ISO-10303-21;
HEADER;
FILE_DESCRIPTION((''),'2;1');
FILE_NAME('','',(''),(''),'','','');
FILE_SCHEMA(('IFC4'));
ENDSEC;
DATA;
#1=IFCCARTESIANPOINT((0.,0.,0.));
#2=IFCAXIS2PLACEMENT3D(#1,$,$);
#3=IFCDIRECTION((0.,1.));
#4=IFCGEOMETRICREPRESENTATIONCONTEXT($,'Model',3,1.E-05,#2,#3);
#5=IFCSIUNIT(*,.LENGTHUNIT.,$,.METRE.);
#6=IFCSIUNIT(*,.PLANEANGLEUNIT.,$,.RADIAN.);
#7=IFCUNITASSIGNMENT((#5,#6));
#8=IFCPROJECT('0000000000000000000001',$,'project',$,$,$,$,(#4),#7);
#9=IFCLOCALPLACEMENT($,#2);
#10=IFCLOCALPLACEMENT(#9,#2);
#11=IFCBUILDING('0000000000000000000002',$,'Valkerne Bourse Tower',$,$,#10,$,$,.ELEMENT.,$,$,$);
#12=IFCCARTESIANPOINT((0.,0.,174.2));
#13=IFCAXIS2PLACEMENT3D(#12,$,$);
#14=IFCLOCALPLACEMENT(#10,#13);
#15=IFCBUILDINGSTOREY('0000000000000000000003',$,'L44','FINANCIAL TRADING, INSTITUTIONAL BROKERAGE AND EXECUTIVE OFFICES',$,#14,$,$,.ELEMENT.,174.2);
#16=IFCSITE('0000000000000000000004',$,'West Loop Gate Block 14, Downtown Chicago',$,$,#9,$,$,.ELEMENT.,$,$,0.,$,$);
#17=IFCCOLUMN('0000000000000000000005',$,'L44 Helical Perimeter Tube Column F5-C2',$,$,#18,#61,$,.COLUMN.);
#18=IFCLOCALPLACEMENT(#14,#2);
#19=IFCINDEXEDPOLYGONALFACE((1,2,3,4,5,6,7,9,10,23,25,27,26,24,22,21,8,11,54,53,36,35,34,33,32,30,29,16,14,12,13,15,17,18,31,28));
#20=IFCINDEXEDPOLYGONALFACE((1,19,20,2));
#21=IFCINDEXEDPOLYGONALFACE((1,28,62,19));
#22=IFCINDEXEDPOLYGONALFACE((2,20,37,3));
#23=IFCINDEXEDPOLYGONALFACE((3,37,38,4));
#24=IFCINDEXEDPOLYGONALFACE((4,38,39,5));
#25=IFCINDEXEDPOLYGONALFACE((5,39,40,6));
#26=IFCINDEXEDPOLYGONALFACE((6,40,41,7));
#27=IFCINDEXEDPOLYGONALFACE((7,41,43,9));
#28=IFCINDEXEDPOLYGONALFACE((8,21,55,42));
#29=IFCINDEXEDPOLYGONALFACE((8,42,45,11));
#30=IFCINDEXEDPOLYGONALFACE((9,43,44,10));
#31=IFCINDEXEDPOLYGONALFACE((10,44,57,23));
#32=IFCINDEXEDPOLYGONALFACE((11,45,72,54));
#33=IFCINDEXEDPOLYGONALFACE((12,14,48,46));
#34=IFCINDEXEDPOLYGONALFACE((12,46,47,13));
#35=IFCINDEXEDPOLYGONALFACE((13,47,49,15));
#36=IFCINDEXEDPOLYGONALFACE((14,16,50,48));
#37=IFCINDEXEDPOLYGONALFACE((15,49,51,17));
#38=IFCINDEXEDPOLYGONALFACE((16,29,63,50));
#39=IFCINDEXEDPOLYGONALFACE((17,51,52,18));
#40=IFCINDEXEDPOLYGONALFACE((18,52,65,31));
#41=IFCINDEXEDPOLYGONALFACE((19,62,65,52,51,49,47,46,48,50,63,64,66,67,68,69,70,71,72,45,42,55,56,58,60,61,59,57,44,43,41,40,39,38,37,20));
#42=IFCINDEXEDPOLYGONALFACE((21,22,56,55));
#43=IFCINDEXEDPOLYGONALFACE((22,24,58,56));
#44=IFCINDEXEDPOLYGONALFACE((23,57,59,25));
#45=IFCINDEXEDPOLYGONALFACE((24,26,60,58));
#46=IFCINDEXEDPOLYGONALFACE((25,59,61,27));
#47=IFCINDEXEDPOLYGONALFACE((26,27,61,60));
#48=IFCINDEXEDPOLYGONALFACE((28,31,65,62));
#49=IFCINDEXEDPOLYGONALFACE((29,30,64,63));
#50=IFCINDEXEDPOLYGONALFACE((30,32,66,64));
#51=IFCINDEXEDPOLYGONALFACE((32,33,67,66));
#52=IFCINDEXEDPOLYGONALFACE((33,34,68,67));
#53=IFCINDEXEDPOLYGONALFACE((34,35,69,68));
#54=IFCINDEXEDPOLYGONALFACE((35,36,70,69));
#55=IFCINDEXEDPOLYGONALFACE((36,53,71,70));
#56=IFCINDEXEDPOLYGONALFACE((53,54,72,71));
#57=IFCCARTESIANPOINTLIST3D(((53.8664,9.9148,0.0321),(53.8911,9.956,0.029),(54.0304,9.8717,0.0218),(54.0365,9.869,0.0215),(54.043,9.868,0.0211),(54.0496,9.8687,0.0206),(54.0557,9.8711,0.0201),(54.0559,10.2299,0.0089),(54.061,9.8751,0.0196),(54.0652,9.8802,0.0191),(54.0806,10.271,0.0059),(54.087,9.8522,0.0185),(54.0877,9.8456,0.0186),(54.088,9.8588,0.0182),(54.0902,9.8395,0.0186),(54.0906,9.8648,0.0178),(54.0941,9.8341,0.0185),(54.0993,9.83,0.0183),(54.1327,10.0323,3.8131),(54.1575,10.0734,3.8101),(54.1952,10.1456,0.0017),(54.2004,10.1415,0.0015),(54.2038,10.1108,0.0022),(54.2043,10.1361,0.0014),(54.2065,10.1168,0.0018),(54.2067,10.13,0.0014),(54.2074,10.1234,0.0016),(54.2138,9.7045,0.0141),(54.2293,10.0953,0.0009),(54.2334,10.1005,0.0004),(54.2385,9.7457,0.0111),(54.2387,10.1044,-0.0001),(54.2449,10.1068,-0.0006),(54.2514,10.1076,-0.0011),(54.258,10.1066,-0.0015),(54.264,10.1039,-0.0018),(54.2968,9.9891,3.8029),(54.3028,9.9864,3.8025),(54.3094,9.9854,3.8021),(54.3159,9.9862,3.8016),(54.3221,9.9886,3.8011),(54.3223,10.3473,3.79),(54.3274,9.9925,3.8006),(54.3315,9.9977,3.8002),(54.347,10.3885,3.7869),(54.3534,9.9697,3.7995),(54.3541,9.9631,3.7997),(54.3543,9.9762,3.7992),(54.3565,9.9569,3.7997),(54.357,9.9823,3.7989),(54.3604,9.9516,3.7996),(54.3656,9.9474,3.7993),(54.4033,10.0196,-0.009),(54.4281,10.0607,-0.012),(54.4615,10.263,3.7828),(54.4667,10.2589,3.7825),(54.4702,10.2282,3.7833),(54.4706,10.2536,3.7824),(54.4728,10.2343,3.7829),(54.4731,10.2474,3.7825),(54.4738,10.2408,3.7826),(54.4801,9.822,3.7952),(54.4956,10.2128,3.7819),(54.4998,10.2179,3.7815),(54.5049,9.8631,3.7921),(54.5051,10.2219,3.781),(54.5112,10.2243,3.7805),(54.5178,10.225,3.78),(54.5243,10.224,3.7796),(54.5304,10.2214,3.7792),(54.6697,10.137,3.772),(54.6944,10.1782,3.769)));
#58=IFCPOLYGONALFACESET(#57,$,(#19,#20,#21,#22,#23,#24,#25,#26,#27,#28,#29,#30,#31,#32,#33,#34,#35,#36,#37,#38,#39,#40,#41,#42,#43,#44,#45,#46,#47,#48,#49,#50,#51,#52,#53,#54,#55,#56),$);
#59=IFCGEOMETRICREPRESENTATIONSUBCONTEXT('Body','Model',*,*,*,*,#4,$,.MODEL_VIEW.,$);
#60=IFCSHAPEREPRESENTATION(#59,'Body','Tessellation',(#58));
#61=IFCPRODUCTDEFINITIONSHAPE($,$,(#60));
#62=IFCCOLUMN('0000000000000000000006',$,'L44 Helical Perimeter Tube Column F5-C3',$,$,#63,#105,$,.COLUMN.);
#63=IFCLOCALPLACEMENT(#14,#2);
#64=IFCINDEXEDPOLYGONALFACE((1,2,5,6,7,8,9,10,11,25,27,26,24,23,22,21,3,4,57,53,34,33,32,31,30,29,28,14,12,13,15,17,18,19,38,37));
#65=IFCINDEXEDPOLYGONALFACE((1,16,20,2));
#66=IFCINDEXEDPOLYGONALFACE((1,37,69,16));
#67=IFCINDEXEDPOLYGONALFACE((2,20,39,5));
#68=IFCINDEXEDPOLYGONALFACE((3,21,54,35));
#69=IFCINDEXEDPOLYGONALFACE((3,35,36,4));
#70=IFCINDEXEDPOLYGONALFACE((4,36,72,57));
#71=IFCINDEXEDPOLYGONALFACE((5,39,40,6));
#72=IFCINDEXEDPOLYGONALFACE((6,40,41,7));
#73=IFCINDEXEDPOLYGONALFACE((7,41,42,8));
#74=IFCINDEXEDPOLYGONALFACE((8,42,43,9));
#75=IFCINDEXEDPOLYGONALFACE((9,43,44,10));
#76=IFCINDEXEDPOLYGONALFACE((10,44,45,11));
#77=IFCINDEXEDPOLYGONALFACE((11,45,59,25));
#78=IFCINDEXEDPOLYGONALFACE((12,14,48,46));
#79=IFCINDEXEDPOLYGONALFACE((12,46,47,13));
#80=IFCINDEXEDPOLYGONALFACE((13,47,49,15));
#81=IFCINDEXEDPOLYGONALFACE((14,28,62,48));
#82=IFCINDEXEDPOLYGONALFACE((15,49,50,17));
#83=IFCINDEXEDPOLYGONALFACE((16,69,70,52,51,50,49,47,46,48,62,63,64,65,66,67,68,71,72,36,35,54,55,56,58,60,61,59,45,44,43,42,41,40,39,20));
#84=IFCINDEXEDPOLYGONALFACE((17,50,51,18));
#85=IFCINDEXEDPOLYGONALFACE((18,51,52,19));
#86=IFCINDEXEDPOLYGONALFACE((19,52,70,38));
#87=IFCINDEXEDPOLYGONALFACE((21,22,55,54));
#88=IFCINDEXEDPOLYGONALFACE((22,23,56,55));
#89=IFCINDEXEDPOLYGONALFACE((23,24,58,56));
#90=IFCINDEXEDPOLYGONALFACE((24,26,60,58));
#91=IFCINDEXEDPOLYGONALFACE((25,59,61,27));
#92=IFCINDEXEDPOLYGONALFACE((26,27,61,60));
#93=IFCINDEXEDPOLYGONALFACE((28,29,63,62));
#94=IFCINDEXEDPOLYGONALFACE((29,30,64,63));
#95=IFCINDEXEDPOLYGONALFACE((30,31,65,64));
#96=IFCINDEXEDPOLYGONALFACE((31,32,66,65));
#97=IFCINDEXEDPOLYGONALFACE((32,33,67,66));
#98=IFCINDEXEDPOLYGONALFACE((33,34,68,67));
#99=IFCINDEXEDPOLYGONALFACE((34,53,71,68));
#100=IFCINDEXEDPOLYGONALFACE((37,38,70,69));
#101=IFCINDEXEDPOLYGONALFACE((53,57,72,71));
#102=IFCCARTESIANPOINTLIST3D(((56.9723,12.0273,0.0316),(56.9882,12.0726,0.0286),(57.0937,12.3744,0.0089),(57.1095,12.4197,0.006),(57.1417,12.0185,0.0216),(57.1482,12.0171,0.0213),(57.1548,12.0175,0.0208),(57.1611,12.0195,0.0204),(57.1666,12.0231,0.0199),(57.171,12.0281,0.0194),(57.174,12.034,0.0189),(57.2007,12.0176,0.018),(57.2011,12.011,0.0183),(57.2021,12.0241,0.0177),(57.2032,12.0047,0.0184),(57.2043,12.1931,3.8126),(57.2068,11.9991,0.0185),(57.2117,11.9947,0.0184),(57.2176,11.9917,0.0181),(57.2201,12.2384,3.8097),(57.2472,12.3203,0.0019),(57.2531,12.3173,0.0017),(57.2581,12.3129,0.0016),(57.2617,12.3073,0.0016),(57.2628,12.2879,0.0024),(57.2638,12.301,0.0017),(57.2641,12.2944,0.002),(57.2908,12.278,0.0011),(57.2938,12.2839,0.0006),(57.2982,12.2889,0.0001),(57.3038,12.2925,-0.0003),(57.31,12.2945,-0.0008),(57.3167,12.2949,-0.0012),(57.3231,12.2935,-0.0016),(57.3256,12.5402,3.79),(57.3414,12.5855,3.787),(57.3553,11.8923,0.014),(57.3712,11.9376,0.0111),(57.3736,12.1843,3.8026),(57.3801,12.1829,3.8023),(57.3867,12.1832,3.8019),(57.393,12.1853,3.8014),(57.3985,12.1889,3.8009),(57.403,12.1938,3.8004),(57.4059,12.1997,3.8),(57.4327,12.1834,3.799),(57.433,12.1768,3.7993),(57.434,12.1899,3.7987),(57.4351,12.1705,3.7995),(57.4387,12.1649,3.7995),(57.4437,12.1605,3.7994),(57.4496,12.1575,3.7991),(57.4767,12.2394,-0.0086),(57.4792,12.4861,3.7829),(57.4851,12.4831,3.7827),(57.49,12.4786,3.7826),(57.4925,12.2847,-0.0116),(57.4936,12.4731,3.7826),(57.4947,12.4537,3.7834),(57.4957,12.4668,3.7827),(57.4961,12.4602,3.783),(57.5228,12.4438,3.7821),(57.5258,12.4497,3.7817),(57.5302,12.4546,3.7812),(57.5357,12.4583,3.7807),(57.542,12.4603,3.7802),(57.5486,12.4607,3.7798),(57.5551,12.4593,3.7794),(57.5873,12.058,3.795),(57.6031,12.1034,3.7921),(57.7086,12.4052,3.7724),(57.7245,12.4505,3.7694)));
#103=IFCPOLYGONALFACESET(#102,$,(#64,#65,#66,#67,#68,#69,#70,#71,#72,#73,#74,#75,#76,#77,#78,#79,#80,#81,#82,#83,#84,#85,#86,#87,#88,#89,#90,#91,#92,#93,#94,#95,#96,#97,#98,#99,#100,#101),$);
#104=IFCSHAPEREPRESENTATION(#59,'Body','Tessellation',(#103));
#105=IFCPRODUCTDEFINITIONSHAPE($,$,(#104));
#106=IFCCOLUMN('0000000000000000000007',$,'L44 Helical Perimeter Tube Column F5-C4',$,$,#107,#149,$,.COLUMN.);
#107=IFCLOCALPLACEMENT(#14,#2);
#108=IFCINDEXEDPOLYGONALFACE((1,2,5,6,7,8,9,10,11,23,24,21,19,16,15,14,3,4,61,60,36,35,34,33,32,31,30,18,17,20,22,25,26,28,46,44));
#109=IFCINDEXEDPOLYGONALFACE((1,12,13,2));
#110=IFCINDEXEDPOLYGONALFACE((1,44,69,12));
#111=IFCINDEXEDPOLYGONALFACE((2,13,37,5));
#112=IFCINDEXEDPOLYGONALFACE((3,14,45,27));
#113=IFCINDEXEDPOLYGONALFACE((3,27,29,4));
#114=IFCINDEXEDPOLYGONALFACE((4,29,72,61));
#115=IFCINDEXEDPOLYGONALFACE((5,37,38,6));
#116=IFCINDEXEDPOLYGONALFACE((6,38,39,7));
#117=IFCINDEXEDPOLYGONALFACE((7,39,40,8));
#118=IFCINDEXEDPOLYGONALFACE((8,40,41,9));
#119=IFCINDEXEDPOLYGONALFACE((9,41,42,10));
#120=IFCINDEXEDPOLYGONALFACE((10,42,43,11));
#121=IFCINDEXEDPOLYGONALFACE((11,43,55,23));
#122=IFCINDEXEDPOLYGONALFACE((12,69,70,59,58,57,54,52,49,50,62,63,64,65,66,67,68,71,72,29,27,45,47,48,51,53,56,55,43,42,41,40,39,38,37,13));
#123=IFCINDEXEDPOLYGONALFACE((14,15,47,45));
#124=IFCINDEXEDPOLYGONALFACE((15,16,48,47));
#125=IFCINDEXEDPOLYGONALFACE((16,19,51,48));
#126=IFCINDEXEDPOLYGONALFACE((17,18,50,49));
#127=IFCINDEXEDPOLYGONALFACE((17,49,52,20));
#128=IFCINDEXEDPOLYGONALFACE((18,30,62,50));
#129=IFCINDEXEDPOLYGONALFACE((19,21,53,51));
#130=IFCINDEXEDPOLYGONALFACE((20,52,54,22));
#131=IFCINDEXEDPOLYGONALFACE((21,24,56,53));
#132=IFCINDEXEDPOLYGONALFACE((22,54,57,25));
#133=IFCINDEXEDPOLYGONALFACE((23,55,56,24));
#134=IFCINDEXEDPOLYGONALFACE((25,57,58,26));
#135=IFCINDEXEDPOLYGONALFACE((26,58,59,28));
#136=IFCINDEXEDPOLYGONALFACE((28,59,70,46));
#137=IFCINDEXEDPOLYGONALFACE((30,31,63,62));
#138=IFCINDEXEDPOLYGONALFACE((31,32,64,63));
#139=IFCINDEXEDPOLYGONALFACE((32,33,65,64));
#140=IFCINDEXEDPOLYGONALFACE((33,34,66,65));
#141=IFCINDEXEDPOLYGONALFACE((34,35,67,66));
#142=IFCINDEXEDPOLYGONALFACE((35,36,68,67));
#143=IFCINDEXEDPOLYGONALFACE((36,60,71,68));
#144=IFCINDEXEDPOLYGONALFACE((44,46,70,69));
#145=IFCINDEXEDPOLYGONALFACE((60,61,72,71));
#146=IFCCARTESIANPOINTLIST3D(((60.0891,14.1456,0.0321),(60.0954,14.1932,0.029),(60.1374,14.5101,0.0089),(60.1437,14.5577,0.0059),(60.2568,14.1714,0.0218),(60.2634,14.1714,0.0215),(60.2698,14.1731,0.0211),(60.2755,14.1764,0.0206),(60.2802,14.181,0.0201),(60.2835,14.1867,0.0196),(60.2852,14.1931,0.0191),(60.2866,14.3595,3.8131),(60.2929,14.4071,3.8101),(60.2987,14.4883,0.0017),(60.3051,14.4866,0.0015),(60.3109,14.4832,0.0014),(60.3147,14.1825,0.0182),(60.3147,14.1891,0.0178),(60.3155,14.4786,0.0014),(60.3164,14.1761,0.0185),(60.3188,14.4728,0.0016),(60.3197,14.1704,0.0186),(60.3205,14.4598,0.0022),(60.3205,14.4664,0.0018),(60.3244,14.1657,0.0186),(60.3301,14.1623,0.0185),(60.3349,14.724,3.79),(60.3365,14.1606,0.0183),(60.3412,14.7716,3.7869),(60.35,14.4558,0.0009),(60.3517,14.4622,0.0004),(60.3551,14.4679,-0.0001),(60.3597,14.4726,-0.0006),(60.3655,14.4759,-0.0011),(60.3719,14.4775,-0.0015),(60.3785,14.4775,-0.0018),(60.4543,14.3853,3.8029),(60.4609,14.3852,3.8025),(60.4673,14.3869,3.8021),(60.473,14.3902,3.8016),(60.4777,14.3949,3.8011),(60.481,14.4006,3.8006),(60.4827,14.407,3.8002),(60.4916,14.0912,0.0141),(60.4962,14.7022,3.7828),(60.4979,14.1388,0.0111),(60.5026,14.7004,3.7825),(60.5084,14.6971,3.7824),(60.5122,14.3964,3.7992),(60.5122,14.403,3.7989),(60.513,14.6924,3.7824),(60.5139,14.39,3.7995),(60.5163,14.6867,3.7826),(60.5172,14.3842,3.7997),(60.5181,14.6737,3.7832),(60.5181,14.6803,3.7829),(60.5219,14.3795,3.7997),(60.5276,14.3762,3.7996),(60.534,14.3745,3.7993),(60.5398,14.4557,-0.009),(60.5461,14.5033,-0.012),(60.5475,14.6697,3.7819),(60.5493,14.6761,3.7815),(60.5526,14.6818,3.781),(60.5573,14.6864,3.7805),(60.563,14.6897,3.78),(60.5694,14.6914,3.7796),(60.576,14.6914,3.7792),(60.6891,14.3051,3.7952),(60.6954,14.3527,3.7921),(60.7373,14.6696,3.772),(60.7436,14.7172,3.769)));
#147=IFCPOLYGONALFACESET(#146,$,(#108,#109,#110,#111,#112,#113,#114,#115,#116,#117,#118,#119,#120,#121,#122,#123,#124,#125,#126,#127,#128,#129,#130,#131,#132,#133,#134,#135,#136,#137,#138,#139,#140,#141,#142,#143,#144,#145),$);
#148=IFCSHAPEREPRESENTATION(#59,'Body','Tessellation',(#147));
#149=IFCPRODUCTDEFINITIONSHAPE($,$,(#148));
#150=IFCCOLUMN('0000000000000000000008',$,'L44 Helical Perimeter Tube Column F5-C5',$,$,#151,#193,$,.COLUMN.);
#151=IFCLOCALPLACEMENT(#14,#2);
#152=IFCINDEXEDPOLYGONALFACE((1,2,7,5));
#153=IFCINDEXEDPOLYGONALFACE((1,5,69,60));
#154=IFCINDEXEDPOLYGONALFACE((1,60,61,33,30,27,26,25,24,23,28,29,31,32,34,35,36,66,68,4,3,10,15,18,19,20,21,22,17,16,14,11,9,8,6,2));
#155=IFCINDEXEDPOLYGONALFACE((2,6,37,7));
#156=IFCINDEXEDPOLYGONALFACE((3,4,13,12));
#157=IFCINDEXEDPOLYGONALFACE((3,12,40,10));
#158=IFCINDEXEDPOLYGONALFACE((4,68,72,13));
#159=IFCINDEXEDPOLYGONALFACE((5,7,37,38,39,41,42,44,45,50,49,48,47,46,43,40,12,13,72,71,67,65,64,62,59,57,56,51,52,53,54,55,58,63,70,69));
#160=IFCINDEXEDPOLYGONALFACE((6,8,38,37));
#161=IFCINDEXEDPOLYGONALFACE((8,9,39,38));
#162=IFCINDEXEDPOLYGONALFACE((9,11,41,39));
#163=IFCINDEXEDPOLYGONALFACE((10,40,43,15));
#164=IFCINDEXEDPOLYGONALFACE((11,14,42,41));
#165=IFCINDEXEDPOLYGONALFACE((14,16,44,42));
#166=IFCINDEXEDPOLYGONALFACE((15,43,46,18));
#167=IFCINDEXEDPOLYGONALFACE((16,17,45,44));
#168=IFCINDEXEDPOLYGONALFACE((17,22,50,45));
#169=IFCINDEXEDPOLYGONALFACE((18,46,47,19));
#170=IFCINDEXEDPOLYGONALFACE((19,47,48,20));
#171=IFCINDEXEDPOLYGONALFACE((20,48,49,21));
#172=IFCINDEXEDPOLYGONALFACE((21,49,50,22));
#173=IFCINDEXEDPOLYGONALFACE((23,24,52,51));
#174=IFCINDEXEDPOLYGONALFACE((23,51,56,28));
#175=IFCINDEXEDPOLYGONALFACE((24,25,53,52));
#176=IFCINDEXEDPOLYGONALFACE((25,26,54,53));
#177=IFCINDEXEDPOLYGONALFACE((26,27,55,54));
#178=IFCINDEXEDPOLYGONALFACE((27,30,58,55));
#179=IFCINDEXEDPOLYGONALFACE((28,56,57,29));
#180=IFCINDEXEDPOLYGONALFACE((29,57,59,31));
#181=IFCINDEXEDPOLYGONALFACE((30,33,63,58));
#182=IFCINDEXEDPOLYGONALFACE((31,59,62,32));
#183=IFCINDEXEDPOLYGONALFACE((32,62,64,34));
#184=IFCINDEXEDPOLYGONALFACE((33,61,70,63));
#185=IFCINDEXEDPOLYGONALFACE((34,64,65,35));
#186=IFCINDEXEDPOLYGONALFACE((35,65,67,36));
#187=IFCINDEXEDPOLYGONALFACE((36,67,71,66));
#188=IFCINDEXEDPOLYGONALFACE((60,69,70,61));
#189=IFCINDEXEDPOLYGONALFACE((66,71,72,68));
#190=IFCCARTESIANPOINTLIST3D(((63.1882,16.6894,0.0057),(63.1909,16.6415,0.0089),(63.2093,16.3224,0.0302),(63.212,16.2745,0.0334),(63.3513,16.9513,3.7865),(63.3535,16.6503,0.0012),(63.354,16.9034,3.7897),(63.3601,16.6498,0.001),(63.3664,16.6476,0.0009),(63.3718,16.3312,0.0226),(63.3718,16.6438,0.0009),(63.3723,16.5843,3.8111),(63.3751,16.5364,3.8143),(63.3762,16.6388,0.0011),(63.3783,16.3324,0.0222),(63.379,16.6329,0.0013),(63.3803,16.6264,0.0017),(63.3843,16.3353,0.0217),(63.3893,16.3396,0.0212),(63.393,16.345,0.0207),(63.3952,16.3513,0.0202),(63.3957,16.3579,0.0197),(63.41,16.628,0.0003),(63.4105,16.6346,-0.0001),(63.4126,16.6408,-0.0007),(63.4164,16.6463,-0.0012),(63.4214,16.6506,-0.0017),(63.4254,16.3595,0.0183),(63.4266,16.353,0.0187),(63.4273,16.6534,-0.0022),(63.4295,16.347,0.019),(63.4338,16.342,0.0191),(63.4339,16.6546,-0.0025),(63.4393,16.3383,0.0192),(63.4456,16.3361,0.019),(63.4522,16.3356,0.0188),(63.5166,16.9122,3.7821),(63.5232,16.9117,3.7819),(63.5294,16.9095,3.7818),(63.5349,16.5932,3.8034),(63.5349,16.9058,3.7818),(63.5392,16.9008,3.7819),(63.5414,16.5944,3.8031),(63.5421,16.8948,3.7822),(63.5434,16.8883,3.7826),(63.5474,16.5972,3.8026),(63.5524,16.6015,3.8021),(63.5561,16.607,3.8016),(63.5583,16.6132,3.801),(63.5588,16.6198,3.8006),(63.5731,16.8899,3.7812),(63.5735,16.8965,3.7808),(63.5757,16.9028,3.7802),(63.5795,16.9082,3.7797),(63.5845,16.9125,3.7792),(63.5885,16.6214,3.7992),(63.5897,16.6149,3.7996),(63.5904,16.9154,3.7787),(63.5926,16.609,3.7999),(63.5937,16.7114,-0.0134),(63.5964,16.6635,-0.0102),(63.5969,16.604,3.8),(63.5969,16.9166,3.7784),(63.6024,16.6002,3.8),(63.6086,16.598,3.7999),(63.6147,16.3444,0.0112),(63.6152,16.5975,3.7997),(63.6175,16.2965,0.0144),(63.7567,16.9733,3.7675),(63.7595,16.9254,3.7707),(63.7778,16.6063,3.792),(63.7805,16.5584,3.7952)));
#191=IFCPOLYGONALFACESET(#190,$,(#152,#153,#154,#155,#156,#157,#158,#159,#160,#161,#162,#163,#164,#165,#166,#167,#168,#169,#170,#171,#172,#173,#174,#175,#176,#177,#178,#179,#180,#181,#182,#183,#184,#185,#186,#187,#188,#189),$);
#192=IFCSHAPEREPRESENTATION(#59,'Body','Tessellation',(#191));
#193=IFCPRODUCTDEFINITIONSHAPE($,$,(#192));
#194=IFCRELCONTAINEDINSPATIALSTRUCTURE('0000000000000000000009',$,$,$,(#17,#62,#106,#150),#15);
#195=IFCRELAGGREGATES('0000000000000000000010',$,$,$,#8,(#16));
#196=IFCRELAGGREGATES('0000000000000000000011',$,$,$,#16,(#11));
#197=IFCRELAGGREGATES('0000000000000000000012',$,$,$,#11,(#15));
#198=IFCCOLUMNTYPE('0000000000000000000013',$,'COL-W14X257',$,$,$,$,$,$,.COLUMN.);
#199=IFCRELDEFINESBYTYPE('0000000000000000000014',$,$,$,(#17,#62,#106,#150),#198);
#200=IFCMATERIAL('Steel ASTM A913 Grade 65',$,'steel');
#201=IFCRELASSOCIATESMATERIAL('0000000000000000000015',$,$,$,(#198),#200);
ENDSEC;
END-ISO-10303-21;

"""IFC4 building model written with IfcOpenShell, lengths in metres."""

from ifc_helpers import new_model, si_unit, direction, frame, origin, origin_2d, place, context, subcontext, project, spatial, i_section, extrude, material, material_profile, profile_set, type_object, element, save


model = new_model("IFC4")

# Units and contexts
model_context = context("Model", 3, precision=1e-05, world=origin(), true_north=direction((0.0, 1.0)))
body_context = subcontext(model_context, "Body", "Model", "MODEL_VIEW")
ifc_project = project(units=[si_unit("LENGTHUNIT", "METRE"), si_unit("PLANEANGLEUNIT", "RADIAN")], contexts=[model_context])

# Site, building, storey
site_placement = place(None, origin())
site = spatial("IfcSite", under=ifc_project, at=site_placement, Name="West Loop Gate Block 14, Downtown Chicago", CompositionType="ELEMENT", RefElevation=0.0)
building_placement = place(site_placement, origin())
building = spatial("IfcBuilding", under=site, at=building_placement, Name="Valkerne Bourse Tower", CompositionType="ELEMENT")
storey_placement = place(building_placement, frame((0.0, 0.0, 174.2)))
storey = spatial("IfcBuildingStorey", under=building, at=storey_placement, Name="L44", Description="FINANCIAL TRADING, INSTITUTIONAL BROKERAGE AND EXECUTIVE OFFICES", CompositionType="ELEMENT", Elevation=174.2)

# Columns
ifc_material_1 = material(Name="Steel ASTM A913 Grade 65", Category="steel")
ifc_material_profile_1 = material_profile(ifc_material_1, i_section(OverallWidth=0.4065, OverallDepth=0.4165, WebThickness=0.0298, FlangeThickness=0.0481, FilletRadius=0.0254, at=origin_2d()), Name="W14X257")
ifc_profile_set_1 = profile_set([ifc_material_profile_1], Name="Steel ASTM A913 Grade 65")
column_type = type_object("IfcColumnType", Name="COL-W14X257", PredefinedType="COLUMN", material=ifc_profile_set_1)
column_1_placement = place(storey_placement, frame((54.1472, 9.9878, 0.01), z_axis=(0.070238, 0.030967, 0.997049), x_axis=(-0.85464, 0.517341, 0.044138)))
element("IfcColumn", 1, at=column_1_placement, inside=storey, type_object=column_type, Name="L44 Helical Perimeter Tube Column F5-C2", PredefinedType="COLUMN", context=body_context, shape_type="SweptSolid", body=[
    extrude(i_section(OverallWidth=0.4065, OverallDepth=0.4165, WebThickness=0.0298, FlangeThickness=0.0481, FilletRadius=0.0254, at=origin_2d()), origin(), (0.0, 0.0, 1.0), 3.7922),
])
column_2_placement = place(storey_placement, frame((57.2324, 12.156, 0.01), z_axis=(0.061168, 0.043719, 0.99717), x_axis=(-0.942216, 0.332205, 0.043232)))
element("IfcColumn", 2, at=column_2_placement, inside=storey, type_object=column_type, Name="L44 Helical Perimeter Tube Column F5-C3", PredefinedType="COLUMN", context=body_context, shape_type="SweptSolid", body=[
    extrude(i_section(OverallWidth=0.4065, OverallDepth=0.4165, WebThickness=0.0298, FlangeThickness=0.0481, FilletRadius=0.0254, at=origin_2d()), origin(), (0.0, 0.0, 1.0), 3.7917),
])
column_3_placement = place(storey_placement, frame((60.3176, 14.3245, 0.01), z_axis=(0.052083, 0.056397, 0.997049), x_axis=(-0.990011, 0.1339, 0.044142)))
element("IfcColumn", 3, at=column_3_placement, inside=storey, type_object=column_type, Name="L44 Helical Perimeter Tube Column F5-C4", PredefinedType="COLUMN", context=body_context, shape_type="SweptSolid", body=[
    extrude(i_section(OverallWidth=0.4065, OverallDepth=0.4165, WebThickness=0.0298, FlangeThickness=0.0481, FilletRadius=0.0254, at=origin_2d()), origin(), (0.0, 0.0, 1.0), 3.7922),
])
column_4_placement = place(storey_placement, frame((63.4028, 16.4929, 0.01), z_axis=(0.04299, 0.069054, 0.996686), x_axis=(-0.997438, -0.054126, 0.046773)))
element("IfcColumn", 4, at=column_4_placement, inside=storey, type_object=column_type, Name="L44 Helical Perimeter Tube Column F5-C5", PredefinedType="COLUMN", context=body_context, shape_type="SweptSolid", body=[
    extrude(i_section(OverallWidth=0.4065, OverallDepth=0.4165, WebThickness=0.0298, FlangeThickness=0.0481, FilletRadius=0.0254, at=origin_2d()), origin(), (0.0, 0.0, 1.0), 3.7935),
])

save(model, "model.ifc")
